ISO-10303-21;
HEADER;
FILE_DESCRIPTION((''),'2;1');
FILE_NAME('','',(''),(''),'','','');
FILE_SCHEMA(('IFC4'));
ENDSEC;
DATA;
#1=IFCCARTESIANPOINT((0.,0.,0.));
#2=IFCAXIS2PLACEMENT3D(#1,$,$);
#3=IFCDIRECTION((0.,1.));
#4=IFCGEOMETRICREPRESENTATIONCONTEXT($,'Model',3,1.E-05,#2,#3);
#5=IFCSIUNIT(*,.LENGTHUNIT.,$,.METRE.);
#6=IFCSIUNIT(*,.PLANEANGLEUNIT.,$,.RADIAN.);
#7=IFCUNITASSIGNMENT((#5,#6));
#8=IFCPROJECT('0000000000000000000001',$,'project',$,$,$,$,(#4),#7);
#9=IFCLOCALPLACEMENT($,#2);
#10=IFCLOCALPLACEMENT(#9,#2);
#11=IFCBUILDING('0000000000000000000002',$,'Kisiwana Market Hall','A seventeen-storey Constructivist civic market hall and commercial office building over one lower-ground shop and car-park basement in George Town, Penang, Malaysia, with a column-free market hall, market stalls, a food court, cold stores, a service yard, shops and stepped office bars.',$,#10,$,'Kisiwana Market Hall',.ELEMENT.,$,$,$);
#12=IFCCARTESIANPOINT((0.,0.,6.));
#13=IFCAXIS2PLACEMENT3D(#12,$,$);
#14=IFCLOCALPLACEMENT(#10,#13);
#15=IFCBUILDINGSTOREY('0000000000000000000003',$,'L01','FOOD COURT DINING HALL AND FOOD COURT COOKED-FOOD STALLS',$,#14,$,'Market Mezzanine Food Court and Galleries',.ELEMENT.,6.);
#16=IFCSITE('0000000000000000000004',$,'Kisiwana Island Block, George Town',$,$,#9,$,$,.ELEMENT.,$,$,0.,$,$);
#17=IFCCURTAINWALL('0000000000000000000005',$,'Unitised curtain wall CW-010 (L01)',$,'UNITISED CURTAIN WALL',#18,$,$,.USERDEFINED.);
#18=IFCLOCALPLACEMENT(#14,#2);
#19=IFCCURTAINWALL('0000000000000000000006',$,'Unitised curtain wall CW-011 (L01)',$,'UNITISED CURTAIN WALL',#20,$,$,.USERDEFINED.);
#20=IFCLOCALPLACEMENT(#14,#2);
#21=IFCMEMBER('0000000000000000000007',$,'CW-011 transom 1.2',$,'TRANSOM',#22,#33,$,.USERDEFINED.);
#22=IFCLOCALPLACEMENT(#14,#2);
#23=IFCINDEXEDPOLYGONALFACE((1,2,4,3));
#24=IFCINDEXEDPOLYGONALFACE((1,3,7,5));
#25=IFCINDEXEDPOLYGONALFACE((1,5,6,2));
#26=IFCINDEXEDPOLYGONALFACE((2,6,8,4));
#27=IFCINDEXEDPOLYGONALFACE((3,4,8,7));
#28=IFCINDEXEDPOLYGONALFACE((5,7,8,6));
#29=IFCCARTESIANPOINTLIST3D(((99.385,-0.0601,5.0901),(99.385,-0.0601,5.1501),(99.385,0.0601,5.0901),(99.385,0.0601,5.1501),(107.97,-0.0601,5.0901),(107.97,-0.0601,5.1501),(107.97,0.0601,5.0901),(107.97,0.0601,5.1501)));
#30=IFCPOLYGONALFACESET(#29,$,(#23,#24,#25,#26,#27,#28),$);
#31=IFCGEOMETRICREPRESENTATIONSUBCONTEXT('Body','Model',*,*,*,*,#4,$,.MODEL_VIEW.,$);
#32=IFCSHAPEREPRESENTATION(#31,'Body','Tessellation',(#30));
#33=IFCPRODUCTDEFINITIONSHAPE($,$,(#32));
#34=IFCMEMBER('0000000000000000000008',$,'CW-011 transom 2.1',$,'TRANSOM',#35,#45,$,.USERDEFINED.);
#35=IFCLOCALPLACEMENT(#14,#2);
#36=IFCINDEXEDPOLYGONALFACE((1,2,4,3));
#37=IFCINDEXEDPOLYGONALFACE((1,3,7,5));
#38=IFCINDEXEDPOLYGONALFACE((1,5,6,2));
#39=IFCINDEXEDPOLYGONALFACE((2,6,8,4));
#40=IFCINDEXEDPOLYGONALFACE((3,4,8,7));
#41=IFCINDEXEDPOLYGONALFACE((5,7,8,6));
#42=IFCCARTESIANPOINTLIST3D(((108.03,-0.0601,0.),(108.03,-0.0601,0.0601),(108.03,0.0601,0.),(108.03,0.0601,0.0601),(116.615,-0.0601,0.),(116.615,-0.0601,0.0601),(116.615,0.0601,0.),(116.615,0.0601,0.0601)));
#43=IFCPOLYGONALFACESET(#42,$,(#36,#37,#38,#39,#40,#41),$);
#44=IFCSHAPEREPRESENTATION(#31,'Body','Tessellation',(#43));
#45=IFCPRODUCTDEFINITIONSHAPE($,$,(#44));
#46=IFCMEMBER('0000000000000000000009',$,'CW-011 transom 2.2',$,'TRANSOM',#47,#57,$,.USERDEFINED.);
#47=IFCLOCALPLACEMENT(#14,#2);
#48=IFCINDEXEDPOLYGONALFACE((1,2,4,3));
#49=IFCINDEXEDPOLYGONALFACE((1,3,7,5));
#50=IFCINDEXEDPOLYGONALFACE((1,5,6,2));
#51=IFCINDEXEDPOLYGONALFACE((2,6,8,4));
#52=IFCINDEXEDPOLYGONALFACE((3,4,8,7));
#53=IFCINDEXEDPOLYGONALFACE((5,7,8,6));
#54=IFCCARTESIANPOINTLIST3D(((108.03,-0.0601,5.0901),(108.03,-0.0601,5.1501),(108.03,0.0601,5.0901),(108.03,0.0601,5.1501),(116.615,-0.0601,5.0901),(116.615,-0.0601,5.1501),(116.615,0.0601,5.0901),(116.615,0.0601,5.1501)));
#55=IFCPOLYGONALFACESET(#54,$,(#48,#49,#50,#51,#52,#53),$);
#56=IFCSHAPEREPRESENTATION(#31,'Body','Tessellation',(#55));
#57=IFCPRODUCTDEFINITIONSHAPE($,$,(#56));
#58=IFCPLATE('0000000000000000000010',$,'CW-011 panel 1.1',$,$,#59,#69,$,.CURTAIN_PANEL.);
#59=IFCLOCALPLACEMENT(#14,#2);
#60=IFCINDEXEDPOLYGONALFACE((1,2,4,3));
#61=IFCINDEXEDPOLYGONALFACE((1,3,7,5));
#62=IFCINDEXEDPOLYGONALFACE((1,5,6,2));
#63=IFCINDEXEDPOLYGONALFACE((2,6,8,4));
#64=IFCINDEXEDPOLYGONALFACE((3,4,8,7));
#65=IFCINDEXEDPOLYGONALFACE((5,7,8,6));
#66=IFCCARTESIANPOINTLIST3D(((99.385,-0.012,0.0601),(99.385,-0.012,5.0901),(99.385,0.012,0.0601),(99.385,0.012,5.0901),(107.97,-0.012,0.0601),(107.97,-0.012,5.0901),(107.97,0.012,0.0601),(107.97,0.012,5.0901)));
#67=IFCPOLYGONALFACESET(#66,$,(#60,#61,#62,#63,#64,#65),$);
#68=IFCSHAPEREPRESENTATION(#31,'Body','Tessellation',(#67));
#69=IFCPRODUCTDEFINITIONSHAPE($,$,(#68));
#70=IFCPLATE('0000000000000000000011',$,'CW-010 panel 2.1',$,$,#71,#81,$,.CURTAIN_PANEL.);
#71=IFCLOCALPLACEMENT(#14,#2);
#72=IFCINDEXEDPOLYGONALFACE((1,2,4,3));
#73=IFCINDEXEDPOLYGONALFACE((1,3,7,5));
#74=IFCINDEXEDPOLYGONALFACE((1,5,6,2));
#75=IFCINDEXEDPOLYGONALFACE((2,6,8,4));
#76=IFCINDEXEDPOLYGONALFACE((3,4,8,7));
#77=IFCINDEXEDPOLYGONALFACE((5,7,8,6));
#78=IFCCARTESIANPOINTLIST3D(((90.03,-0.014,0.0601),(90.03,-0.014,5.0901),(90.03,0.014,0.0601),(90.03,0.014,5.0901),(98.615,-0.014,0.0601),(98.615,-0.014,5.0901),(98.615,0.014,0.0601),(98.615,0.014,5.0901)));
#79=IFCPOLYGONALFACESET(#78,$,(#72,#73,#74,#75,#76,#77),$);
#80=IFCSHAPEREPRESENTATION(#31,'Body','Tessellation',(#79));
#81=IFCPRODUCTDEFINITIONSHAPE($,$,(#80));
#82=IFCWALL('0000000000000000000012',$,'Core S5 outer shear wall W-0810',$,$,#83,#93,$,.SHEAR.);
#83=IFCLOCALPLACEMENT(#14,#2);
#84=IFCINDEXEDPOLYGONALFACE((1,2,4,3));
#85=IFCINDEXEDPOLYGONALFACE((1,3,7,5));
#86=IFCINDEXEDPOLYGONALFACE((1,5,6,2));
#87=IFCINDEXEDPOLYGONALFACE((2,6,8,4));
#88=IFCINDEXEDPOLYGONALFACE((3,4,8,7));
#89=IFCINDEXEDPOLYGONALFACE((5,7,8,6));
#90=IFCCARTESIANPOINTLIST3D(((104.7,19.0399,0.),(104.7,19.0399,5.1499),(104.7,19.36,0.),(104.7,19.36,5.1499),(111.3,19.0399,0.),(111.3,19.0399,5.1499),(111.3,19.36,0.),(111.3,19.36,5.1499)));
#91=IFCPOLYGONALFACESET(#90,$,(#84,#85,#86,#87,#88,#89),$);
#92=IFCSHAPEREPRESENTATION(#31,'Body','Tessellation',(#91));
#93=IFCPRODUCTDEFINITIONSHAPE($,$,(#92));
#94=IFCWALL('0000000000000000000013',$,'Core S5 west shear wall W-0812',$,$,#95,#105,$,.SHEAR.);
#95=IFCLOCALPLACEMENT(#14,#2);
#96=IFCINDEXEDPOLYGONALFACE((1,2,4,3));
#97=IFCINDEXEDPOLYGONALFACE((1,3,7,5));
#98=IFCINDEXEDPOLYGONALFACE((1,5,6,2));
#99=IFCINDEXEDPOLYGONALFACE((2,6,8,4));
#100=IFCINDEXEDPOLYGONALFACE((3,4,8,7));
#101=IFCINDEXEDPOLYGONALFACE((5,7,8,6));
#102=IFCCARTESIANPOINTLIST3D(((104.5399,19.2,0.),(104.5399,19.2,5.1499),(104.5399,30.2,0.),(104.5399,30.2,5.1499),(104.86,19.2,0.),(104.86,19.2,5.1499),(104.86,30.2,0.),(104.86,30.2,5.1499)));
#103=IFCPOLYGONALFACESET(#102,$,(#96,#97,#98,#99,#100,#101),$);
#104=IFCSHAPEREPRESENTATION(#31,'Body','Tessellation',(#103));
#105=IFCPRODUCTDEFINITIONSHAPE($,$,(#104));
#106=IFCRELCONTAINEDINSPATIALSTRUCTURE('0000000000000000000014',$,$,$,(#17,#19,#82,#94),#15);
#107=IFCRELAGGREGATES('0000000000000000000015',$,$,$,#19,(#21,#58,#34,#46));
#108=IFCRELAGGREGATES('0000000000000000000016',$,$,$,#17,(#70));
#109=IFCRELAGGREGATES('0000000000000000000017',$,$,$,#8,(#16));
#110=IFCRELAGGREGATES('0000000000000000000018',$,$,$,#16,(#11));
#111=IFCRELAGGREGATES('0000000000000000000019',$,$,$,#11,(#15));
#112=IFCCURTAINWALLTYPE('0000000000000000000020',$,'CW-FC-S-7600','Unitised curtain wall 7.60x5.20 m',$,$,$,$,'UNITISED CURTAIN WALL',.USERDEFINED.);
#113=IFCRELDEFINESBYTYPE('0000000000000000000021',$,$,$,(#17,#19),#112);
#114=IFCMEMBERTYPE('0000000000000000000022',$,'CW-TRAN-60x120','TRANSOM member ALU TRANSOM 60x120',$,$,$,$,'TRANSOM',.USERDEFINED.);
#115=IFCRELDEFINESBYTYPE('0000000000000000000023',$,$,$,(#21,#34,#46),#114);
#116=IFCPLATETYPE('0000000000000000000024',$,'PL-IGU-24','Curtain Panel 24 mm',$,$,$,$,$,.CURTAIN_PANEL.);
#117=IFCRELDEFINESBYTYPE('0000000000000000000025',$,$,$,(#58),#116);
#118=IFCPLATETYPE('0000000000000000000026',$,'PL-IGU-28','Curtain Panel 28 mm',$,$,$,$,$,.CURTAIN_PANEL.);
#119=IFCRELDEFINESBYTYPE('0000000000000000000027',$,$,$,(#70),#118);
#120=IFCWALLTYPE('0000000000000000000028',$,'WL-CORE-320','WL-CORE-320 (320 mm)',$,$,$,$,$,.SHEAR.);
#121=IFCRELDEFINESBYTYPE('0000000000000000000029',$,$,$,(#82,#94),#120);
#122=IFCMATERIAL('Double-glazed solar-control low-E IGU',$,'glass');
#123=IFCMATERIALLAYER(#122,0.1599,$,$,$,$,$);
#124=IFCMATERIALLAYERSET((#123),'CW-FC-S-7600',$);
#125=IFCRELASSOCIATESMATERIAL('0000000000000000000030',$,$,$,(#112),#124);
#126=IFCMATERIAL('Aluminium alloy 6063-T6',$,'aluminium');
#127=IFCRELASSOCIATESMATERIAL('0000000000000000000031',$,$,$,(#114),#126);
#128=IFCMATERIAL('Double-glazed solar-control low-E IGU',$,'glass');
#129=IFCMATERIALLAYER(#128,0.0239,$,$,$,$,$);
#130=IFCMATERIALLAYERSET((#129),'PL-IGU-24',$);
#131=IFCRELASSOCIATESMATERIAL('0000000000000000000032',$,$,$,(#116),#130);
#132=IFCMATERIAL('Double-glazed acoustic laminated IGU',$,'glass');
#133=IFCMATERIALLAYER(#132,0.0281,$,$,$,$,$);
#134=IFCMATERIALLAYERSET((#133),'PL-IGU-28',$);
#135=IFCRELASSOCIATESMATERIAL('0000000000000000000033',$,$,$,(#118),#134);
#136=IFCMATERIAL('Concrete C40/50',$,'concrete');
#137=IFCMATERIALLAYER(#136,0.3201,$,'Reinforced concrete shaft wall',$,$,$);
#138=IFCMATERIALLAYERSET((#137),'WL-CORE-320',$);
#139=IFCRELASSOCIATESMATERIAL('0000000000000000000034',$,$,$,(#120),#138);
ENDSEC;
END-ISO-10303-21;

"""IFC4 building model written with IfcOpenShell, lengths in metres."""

from ifc_helpers import new_model, si_unit, direction, frame, frame_2d, origin, origin_2d, place, context, subcontext, project, spatial, rectangle, extrude, material, layer, layer_set, material_profile, profile_set, type_object, element, aggregate, save


model = new_model("IFC4")

# Units and contexts
model_context = context("Model", 3, precision=1e-05, world=origin(), true_north=direction((0.0, 1.0)))
body_context = subcontext(model_context, "Body", "Model", "MODEL_VIEW")
ifc_project = project(units=[si_unit("LENGTHUNIT", "METRE"), si_unit("PLANEANGLEUNIT", "RADIAN")], contexts=[model_context])

# Site, building, storey
site_placement = place(None, origin())
site = spatial("IfcSite", under=ifc_project, at=site_placement, Name="Kisiwana Island Block, George Town", CompositionType="ELEMENT", RefElevation=0.0)
building_placement = place(site_placement, origin())
building = spatial("IfcBuilding", under=site, at=building_placement, Name="Kisiwana Market Hall", Description="A seventeen-storey Constructivist civic market hall and commercial office building over one lower-ground shop and car-park basement in George Town, Penang, Malaysia, with a column-free market hall, market stalls, a food court, cold stores, a service yard, shops and stepped office bars.", LongName="Kisiwana Market Hall", CompositionType="ELEMENT")
storey_placement = place(building_placement, frame((0.0, 0.0, 6.0)))
storey = spatial("IfcBuildingStorey", under=building, at=storey_placement, Name="L01", Description="FOOD COURT DINING HALL AND FOOD COURT COOKED-FOOD STALLS", LongName="Market Mezzanine Food Court and Galleries", CompositionType="ELEMENT", Elevation=6.0)

# Curtain wall
ifc_material_1 = material(Name="Double-glazed solar-control low-E IGU", Category="glass")
ifc_layer_1 = layer(ifc_material_1, 0.1599)
ifc_layer_set_1 = layer_set([ifc_layer_1], Name="CW-FC-S-7600")
curtain_wall_type = type_object("IfcCurtainWallType", Name="CW-FC-S-7600", Description="Unitised curtain wall 7.60x5.20 m", ElementType="UNITISED CURTAIN WALL", PredefinedType="USERDEFINED", material=ifc_layer_set_1)
curtain_wall_1_placement = place(storey_placement, origin())
curtain_wall_1 = element("IfcCurtainWall", 1, at=curtain_wall_1_placement, inside=storey, type_object=curtain_wall_type, Name="Unitised curtain wall CW-010 (L01)", ObjectType="UNITISED CURTAIN WALL", PredefinedType="USERDEFINED")

# Curtain wall, members, plate
curtain_wall_2_placement = place(storey_placement, origin())
curtain_wall_2 = element("IfcCurtainWall", 2, at=curtain_wall_2_placement, inside=storey, type_object=curtain_wall_type, Name="Unitised curtain wall CW-011 (L01)", ObjectType="UNITISED CURTAIN WALL", PredefinedType="USERDEFINED")
ifc_material_2 = material(Name="Aluminium alloy 6063-T6", Category="aluminium")
ifc_material_profile_1 = material_profile(ifc_material_2, rectangle(XDim=0.1201, YDim=0.0601, at=origin_2d()), Name="ALU TRANSOM 60x120")
ifc_profile_set_1 = profile_set([ifc_material_profile_1], Name="Aluminium alloy 6063-T6")
member_type_1 = type_object("IfcMemberType", Name="CW-TRAN-60x120", Description="TRANSOM member ALU TRANSOM 60x120", ElementType="TRANSOM", PredefinedType="USERDEFINED", material=ifc_profile_set_1)
member_1_placement = place(storey_placement, frame((99.385, 0.0, 5.1201), z_axis=(1.0, 0.0, 0.0), x_axis=(0.0, 1.0, 0.0)))
member_1 = element("IfcMember", 3, at=member_1_placement, type_object=member_type_1, Name="CW-011 transom 1.2", ObjectType="TRANSOM", PredefinedType="USERDEFINED", context=body_context, shape_type="SweptSolid", body=[
    extrude(rectangle(XDim=0.1201, YDim=0.0601, at=origin_2d()), origin(), (0.0, 0.0, 1.0), 8.585),
])
member_2_placement = place(storey_placement, frame((108.03, 0.0, 0.03), z_axis=(1.0, 0.0, 0.0), x_axis=(0.0, 1.0, 0.0)))
member_2 = element("IfcMember", 4, at=member_2_placement, type_object=member_type_1, Name="CW-011 transom 2.1", ObjectType="TRANSOM", PredefinedType="USERDEFINED", context=body_context, shape_type="SweptSolid", body=[
    extrude(rectangle(XDim=0.1201, YDim=0.0601, at=origin_2d()), origin(), (0.0, 0.0, 1.0), 8.585),
])
member_3_placement = place(storey_placement, frame((108.03, 0.0, 5.1201), z_axis=(1.0, 0.0, 0.0), x_axis=(0.0, 1.0, 0.0)))
member_3 = element("IfcMember", 5, at=member_3_placement, type_object=member_type_1, Name="CW-011 transom 2.2", ObjectType="TRANSOM", PredefinedType="USERDEFINED", context=body_context, shape_type="SweptSolid", body=[
    extrude(rectangle(XDim=0.1201, YDim=0.0601, at=origin_2d()), origin(), (0.0, 0.0, 1.0), 8.585),
])
ifc_material_3 = material(Name="Double-glazed solar-control low-E IGU", Category="glass")
ifc_layer_2 = layer(ifc_material_3, 0.0239)
ifc_layer_set_2 = layer_set([ifc_layer_2], Name="PL-IGU-24")
plate_type_1 = type_object("IfcPlateType", Name="PL-IGU-24", Description="Curtain Panel 24 mm", PredefinedType="CURTAIN_PANEL", material=ifc_layer_set_2)
plate_1_placement = place(storey_placement, frame((103.6775, 0.0, 0.0601), z_axis=(0.0, 0.0, 1.0), x_axis=(1.0, 0.0, 0.0)))
plate_1 = element("IfcPlate", 6, at=plate_1_placement, type_object=plate_type_1, Name="CW-011 panel 1.1", PredefinedType="CURTAIN_PANEL", context=body_context, shape_type="SweptSolid", body=[
    extrude(rectangle(XDim=8.585, YDim=0.0239, at=origin_2d()), origin(), (0.0, 0.0, 1.0), 5.03),
])
aggregate(curtain_wall_2, [member_1, plate_1, member_2, member_3])

# Plate
ifc_material_4 = material(Name="Double-glazed acoustic laminated IGU", Category="glass")
ifc_layer_3 = layer(ifc_material_4, 0.0281)
ifc_layer_set_3 = layer_set([ifc_layer_3], Name="PL-IGU-28")
plate_type_2 = type_object("IfcPlateType", Name="PL-IGU-28", Description="Curtain Panel 28 mm", PredefinedType="CURTAIN_PANEL", material=ifc_layer_set_3)
plate_2_placement = place(storey_placement, frame((94.3225, 0.0, 0.0601), z_axis=(0.0, 0.0, 1.0), x_axis=(1.0, 0.0, 0.0)))
plate_2 = element("IfcPlate", 7, at=plate_2_placement, type_object=plate_type_2, Name="CW-010 panel 2.1", PredefinedType="CURTAIN_PANEL", context=body_context, shape_type="SweptSolid", body=[
    extrude(rectangle(XDim=8.585, YDim=0.0281, at=origin_2d()), origin(), (0.0, 0.0, 1.0), 5.03),
])
aggregate(curtain_wall_1, [plate_2])

# Walls
ifc_material_5 = material(Name="Concrete C40/50", Category="concrete")
ifc_layer_4 = layer(ifc_material_5, 0.3201, Name="Reinforced concrete shaft wall")
ifc_layer_set_4 = layer_set([ifc_layer_4], Name="WL-CORE-320")
wall_type = type_object("IfcWallType", Name="WL-CORE-320", Description="WL-CORE-320 (320 mm)", PredefinedType="SHEAR", material=ifc_layer_set_4)
wall_1_placement = place(storey_placement, frame((104.7, 19.2, 0.0), z_axis=(0.0, 0.0, 1.0), x_axis=(1.0, 0.0, 0.0)))
element("IfcWall", 8, at=wall_1_placement, inside=storey, type_object=wall_type, Name="Core S5 outer shear wall W-0810", PredefinedType="SHEAR", context=body_context, shape_type="SweptSolid", body=[
    extrude(rectangle(XDim=6.6001, YDim=0.3201, at=frame_2d((3.3, 0.0))), origin(), (0.0, 0.0, 1.0), 5.1499),
])
wall_2_placement = place(storey_placement, frame((104.7, 19.2, 0.0), z_axis=(0.0, 0.0, 1.0), x_axis=(0.0, 1.0, 0.0)))
element("IfcWall", 9, at=wall_2_placement, inside=storey, type_object=wall_type, Name="Core S5 west shear wall W-0812", PredefinedType="SHEAR", context=body_context, shape_type="SweptSolid", body=[
    extrude(rectangle(XDim=11.0, YDim=0.3201, at=frame_2d((5.5, 0.0))), origin(), (0.0, 0.0, 1.0), 5.1499),
])

save(model, "model.ifc")
